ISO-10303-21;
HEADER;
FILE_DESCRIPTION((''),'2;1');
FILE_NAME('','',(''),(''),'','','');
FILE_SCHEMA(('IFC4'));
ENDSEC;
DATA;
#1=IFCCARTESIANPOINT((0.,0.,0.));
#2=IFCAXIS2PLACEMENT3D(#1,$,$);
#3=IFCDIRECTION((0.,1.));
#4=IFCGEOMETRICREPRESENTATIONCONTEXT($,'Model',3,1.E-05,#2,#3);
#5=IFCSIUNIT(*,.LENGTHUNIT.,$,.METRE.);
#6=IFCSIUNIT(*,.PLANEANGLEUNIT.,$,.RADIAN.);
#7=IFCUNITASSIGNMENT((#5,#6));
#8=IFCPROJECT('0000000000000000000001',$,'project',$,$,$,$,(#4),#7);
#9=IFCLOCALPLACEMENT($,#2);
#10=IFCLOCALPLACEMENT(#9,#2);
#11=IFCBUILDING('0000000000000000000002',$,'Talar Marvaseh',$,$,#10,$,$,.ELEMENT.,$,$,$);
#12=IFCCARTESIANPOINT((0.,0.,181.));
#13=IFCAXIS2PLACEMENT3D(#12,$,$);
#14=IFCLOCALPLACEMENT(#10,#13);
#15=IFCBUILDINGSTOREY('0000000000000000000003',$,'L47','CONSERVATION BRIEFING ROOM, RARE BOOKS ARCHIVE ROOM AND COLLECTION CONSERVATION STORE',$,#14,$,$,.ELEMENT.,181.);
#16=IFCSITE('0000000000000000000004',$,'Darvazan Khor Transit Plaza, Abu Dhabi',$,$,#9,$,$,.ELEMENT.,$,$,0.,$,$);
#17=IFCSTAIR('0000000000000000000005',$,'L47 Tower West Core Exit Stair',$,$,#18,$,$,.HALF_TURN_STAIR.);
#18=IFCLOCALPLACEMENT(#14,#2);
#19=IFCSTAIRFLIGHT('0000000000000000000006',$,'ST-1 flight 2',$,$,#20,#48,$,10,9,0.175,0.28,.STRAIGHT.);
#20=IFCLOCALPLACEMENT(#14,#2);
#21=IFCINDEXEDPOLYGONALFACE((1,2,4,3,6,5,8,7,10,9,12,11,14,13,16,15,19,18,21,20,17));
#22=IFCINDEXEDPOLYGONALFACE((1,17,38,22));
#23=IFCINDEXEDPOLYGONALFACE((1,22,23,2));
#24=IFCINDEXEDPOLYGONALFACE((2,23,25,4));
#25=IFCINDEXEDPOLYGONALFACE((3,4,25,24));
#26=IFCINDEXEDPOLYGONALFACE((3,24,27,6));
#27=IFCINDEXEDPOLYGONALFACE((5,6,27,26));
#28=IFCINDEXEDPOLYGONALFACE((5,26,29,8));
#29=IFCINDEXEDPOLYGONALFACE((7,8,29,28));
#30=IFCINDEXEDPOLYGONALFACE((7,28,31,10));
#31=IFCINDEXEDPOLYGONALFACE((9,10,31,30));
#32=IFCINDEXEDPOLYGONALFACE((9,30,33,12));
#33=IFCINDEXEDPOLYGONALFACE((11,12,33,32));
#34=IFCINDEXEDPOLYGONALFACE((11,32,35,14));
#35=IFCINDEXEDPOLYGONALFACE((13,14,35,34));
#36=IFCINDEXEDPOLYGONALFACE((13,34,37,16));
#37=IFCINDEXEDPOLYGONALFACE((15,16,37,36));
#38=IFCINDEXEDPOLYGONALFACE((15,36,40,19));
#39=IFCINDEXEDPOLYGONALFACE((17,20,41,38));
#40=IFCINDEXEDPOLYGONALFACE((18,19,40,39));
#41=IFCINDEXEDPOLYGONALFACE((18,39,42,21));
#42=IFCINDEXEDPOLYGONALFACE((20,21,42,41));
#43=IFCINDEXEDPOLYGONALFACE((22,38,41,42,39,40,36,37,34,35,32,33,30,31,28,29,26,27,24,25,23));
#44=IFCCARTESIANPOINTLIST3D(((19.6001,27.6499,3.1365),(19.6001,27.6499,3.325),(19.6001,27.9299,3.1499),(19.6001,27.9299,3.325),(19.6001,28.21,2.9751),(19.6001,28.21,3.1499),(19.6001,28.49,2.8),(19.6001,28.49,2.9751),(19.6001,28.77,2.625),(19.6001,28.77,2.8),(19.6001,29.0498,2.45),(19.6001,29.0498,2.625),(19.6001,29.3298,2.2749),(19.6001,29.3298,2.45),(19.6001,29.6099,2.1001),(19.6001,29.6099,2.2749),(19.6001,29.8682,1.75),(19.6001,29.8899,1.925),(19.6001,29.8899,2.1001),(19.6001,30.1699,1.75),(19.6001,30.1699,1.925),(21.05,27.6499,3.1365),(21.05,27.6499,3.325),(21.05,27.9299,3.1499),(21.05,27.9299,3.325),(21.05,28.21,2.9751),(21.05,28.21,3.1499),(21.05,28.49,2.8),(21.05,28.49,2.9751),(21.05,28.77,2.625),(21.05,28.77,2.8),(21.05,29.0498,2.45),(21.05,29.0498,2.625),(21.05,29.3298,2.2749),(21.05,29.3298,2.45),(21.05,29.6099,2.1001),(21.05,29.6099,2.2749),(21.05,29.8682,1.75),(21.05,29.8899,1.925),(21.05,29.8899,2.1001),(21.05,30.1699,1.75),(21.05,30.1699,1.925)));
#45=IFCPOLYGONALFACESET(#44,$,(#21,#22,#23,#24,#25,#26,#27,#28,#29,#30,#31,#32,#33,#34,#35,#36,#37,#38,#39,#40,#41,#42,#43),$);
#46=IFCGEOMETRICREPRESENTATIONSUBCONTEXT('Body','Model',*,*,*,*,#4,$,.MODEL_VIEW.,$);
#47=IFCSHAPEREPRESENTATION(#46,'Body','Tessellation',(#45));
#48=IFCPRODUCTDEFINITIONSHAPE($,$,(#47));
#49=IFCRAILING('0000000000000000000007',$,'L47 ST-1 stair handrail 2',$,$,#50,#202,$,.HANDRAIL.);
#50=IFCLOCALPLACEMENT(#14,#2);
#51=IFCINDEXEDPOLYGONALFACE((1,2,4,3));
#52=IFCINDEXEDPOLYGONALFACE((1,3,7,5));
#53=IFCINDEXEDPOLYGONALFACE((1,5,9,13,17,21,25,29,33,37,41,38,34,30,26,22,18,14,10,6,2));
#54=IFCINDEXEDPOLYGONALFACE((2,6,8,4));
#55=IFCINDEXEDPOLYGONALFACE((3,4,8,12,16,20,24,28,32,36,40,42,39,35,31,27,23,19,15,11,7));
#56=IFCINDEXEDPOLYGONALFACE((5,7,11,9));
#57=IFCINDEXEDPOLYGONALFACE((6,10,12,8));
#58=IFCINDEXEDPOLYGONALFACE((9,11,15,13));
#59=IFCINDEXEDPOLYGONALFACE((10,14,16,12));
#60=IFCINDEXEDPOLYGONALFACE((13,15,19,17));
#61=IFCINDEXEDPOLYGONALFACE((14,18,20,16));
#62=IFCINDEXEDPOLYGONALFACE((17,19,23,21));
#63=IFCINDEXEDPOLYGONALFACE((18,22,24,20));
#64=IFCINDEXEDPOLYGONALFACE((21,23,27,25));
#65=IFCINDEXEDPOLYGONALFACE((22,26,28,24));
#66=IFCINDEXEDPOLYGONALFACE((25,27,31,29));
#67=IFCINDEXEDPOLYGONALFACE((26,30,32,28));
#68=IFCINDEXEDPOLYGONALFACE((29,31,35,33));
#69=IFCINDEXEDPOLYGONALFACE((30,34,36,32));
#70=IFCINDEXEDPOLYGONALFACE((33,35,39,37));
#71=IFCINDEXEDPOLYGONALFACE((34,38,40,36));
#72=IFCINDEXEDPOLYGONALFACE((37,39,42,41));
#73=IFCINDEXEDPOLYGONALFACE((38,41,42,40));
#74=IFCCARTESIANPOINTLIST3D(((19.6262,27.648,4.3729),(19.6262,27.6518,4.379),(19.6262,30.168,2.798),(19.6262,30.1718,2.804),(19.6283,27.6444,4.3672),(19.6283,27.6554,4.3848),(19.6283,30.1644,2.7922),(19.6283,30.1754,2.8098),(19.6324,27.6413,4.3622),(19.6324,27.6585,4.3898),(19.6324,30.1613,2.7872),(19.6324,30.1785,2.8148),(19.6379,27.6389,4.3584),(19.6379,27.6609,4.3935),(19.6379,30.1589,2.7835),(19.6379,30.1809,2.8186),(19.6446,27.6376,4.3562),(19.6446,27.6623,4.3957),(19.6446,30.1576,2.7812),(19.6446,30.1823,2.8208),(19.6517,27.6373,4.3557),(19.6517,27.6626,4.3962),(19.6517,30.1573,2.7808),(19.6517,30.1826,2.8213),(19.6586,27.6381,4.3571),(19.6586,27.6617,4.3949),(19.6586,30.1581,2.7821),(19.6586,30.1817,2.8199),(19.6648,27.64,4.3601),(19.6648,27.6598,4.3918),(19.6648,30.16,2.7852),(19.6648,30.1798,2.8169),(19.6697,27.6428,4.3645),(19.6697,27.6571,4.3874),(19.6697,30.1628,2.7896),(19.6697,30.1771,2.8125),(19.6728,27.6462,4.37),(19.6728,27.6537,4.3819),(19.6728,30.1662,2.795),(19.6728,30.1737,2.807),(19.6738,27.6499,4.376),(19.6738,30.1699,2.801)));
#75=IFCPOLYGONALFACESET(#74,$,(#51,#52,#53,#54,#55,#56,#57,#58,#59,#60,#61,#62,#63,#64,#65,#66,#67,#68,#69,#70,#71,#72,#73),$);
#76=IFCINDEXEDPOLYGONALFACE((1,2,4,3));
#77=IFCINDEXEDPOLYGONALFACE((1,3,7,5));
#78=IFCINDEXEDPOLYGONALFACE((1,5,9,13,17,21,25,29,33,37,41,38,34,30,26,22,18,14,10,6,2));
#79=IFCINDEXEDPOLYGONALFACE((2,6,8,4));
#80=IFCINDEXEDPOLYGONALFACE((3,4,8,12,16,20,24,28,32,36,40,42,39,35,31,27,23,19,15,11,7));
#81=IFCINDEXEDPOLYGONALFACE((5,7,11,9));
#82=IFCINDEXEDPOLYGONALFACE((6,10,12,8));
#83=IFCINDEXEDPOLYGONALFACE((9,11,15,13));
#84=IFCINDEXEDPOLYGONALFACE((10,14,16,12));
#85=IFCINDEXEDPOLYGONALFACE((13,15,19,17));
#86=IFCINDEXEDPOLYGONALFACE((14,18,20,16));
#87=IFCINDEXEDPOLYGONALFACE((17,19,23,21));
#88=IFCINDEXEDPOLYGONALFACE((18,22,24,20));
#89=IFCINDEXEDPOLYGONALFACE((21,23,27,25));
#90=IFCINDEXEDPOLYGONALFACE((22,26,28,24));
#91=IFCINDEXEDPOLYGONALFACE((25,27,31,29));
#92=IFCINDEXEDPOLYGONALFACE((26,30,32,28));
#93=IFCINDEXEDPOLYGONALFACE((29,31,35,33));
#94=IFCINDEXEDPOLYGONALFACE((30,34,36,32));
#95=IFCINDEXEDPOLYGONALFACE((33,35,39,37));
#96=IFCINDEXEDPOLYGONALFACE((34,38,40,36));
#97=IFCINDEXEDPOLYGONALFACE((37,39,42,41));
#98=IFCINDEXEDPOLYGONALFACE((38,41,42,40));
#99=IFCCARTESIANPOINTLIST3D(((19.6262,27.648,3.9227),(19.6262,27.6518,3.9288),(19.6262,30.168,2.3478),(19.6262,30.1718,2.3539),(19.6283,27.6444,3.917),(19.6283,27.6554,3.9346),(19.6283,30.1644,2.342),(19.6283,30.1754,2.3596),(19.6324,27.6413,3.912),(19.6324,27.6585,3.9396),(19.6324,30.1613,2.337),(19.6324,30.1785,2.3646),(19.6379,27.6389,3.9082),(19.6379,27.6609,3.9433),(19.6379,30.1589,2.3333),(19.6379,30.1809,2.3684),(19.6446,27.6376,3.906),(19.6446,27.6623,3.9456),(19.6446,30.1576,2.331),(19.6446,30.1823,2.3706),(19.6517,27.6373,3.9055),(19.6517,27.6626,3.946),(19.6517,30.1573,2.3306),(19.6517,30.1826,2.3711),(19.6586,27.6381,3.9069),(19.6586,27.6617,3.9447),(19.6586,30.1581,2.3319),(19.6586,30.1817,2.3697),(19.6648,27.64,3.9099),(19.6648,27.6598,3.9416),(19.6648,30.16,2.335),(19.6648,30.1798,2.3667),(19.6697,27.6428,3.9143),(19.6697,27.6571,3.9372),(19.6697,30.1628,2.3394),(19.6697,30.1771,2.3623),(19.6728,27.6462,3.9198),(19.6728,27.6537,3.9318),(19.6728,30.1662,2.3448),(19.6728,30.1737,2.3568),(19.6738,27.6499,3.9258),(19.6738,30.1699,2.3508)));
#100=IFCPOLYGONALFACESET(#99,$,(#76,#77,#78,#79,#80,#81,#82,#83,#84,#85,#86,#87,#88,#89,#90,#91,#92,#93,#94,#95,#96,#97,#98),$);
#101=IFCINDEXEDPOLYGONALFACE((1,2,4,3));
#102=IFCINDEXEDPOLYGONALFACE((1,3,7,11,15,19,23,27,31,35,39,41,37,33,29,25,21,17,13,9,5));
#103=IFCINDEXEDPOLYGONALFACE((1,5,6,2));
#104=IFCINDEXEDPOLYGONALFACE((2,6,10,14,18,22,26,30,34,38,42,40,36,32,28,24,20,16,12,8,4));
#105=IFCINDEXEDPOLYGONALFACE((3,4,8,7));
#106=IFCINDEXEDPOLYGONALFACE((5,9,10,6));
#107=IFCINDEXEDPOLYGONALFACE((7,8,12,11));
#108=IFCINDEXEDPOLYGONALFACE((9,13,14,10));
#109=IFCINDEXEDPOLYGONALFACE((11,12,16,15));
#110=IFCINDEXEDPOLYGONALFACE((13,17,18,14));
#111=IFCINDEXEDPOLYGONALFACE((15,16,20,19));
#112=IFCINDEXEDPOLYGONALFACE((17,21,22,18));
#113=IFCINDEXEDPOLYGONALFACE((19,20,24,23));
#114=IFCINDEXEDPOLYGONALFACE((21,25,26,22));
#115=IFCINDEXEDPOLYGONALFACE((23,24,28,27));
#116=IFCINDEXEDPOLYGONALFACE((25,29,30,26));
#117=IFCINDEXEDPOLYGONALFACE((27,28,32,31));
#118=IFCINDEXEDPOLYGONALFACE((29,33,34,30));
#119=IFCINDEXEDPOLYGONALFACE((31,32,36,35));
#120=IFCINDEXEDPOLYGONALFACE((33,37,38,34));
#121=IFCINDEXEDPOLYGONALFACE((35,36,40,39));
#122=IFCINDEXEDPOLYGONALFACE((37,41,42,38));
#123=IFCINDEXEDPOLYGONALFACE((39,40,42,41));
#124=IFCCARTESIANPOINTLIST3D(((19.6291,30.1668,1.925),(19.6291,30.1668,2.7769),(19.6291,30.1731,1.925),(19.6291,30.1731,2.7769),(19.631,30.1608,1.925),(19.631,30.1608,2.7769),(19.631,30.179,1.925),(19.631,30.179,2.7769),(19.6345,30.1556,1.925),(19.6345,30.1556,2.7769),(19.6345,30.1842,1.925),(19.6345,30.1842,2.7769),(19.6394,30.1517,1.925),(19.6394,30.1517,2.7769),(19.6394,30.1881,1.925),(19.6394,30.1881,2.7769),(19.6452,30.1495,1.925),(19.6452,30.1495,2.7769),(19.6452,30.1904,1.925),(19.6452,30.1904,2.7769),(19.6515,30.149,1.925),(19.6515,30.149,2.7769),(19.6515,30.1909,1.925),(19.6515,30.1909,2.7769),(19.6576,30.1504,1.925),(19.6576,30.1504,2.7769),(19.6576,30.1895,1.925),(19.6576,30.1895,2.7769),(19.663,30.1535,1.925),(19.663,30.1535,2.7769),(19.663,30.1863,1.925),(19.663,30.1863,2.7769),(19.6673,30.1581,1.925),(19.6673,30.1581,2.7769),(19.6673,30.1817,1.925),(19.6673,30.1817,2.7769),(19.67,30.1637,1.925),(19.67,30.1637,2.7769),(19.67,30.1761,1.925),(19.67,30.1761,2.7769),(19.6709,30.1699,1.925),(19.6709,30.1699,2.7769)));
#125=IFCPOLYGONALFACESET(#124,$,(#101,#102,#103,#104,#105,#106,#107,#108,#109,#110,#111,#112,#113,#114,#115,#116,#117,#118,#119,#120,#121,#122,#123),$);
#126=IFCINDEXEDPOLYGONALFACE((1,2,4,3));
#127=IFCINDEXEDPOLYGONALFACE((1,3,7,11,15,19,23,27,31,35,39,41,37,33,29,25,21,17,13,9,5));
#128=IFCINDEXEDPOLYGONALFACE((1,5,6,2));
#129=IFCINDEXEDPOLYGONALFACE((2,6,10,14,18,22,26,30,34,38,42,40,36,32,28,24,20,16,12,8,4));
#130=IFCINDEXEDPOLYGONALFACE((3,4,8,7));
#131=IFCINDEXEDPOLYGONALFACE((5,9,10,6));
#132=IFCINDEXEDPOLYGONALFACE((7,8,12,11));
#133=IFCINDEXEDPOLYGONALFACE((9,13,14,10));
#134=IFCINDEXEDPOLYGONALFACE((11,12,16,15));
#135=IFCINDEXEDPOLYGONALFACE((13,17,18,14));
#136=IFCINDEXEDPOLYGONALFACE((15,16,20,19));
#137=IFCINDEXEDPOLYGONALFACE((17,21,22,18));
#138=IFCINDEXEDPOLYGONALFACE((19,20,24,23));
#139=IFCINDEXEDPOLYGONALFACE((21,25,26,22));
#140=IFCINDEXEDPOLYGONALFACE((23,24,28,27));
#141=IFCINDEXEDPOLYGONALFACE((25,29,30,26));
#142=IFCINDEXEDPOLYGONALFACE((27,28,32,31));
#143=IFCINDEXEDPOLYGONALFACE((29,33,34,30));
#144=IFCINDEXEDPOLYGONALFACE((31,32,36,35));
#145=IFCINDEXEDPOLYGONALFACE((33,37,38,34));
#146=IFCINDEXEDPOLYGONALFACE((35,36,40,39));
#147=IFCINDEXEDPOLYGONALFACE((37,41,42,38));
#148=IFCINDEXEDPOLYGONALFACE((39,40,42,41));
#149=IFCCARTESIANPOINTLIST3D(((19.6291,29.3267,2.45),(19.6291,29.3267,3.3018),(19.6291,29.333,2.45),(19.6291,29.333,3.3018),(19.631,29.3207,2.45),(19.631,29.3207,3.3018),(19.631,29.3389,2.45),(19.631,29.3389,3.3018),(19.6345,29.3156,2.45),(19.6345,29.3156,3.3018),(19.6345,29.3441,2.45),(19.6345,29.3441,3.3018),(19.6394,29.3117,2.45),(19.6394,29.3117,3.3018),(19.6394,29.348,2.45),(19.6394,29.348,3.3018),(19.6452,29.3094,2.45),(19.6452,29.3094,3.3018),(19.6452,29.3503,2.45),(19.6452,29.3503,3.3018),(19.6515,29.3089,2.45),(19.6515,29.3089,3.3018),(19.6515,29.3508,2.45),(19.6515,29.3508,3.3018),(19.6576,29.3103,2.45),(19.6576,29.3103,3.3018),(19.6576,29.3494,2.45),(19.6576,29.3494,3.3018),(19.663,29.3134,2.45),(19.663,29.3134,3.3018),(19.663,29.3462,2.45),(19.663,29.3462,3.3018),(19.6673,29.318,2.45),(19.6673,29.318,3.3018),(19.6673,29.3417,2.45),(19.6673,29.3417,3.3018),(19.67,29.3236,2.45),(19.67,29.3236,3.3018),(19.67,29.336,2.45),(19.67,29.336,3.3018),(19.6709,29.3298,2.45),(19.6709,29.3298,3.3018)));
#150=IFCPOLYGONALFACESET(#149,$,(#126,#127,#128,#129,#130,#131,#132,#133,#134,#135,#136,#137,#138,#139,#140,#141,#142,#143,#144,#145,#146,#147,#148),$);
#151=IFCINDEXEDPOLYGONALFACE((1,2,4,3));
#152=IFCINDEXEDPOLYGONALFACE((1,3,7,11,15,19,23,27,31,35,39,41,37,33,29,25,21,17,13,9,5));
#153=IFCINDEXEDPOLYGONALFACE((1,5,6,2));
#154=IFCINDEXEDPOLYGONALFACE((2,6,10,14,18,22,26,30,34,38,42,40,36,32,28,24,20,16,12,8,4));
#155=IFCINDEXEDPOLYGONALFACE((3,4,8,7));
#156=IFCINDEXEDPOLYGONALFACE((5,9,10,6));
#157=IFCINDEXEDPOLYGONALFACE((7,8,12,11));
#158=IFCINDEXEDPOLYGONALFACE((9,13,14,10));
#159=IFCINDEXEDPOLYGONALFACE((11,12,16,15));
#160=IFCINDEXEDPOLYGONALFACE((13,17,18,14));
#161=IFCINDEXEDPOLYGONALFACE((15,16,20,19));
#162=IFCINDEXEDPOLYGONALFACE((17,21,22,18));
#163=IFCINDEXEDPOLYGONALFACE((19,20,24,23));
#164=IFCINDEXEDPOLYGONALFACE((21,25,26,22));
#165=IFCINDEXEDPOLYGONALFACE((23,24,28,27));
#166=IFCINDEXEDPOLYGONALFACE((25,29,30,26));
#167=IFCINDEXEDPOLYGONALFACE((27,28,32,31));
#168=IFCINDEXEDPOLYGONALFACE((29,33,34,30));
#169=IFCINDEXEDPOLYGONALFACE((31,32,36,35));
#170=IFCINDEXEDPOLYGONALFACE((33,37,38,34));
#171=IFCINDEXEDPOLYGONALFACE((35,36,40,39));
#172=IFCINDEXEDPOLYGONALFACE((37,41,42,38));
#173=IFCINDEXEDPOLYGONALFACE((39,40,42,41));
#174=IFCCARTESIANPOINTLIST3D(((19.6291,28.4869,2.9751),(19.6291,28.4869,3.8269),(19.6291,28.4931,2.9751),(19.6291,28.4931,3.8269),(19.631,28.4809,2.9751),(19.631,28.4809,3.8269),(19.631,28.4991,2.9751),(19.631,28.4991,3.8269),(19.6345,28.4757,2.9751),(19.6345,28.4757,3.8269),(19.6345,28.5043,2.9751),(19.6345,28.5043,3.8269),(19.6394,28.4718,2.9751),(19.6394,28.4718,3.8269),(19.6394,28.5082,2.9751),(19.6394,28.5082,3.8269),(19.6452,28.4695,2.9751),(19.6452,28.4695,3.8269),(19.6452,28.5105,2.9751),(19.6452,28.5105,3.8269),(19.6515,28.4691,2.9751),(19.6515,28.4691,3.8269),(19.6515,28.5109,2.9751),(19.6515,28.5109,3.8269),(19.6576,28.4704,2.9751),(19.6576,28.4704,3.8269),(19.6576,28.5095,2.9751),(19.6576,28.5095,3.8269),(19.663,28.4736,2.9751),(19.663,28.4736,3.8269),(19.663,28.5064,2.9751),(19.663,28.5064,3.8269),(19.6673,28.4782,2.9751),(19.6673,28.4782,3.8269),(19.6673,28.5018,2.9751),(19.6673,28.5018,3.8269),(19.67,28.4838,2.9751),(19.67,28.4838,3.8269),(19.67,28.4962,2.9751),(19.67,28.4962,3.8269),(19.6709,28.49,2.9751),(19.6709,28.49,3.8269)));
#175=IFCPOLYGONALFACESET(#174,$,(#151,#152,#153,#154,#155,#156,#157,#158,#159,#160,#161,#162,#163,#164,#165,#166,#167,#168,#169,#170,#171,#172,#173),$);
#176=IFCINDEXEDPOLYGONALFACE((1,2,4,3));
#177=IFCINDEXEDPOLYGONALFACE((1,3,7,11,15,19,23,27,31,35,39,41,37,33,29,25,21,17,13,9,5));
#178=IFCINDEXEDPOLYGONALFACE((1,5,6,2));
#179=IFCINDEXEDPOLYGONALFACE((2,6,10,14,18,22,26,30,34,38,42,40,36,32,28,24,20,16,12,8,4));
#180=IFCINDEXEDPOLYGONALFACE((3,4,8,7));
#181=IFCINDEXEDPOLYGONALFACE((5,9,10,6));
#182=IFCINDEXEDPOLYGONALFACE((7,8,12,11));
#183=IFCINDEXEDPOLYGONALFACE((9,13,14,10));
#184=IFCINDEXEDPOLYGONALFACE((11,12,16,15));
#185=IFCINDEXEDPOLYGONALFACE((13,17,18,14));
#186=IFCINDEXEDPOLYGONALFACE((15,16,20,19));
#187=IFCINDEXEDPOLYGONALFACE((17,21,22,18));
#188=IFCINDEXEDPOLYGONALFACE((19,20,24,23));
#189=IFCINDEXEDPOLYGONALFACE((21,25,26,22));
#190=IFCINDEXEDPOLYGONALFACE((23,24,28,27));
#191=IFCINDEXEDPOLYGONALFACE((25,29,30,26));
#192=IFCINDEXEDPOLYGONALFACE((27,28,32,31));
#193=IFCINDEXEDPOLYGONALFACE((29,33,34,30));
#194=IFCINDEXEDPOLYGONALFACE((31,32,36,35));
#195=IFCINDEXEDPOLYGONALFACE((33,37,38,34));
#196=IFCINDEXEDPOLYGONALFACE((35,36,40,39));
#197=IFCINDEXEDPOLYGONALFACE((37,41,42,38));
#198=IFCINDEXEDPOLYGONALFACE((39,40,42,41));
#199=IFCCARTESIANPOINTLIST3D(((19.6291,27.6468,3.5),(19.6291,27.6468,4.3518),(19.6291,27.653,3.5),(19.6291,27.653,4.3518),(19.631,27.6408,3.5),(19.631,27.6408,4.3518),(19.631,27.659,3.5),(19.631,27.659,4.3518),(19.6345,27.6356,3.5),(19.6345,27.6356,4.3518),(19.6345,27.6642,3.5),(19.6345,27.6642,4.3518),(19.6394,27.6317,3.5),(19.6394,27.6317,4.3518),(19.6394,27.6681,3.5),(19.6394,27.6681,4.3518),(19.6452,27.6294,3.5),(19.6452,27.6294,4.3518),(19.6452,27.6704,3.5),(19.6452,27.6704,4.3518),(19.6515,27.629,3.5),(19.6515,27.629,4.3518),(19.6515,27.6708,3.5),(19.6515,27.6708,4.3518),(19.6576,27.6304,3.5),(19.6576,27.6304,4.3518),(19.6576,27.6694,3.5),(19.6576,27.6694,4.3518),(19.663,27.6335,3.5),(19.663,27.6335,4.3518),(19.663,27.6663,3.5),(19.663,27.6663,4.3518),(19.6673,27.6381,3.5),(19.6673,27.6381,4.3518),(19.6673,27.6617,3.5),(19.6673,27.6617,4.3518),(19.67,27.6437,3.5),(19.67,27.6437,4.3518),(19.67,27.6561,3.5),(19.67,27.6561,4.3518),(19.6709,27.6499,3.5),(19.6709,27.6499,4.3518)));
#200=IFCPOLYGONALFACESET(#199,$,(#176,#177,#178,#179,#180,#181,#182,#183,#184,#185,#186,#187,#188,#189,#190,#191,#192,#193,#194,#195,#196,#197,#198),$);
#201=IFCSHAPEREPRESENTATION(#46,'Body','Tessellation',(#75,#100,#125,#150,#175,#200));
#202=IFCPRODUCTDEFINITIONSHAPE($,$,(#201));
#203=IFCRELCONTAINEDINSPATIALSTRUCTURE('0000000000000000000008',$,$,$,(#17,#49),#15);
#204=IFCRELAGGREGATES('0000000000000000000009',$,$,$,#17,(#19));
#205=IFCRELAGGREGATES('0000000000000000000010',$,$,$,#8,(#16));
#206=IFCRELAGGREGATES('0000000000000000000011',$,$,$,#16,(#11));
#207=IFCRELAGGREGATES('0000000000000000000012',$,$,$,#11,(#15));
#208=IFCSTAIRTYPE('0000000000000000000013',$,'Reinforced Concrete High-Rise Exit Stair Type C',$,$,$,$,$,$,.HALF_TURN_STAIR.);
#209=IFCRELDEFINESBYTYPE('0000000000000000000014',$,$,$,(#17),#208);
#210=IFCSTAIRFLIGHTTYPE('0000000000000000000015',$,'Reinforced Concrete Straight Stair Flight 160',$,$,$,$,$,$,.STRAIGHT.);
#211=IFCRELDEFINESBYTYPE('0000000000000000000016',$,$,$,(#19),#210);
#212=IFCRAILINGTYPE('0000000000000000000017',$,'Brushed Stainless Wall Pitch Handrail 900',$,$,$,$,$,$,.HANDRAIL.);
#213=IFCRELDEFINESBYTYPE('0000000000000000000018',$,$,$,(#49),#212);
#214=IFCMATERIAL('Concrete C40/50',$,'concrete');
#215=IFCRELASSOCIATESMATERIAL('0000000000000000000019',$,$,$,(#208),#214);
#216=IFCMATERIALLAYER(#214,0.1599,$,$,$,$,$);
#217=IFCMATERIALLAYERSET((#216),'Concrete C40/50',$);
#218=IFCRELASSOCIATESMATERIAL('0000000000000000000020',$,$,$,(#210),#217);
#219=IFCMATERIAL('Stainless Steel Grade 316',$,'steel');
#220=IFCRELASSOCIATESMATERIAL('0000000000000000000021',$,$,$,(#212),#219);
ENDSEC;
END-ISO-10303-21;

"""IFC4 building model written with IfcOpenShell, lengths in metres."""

from ifc_helpers import new_model, si_unit, direction, frame, origin, origin_2d, place, context, subcontext, project, spatial, polyline, circle, outline, extrude, material, layer, layer_set, type_object, element, aggregate, save


model = new_model("IFC4")

# Units and contexts
model_context = context("Model", 3, precision=1e-05, world=origin(), true_north=direction((0.0, 1.0)))
body_context = subcontext(model_context, "Body", "Model", "MODEL_VIEW")
ifc_project = project(units=[si_unit("LENGTHUNIT", "METRE"), si_unit("PLANEANGLEUNIT", "RADIAN")], contexts=[model_context])

# Site, building, storey
site_placement = place(None, origin())
site = spatial("IfcSite", under=ifc_project, at=site_placement, Name="Darvazan Khor Transit Plaza, Abu Dhabi", CompositionType="ELEMENT", RefElevation=0.0)
building_placement = place(site_placement, origin())
building = spatial("IfcBuilding", under=site, at=building_placement, Name="Talar Marvaseh", CompositionType="ELEMENT")
storey_placement = place(building_placement, frame((0.0, 0.0, 181.0)))
storey = spatial("IfcBuildingStorey", under=building, at=storey_placement, Name="L47", Description="CONSERVATION BRIEFING ROOM, RARE BOOKS ARCHIVE ROOM AND COLLECTION CONSERVATION STORE", CompositionType="ELEMENT", Elevation=181.0)

# Stair, stair flight
ifc_material_1 = material(Name="Concrete C40/50", Category="concrete")
stair_type = type_object("IfcStairType", Name="Reinforced Concrete High-Rise Exit Stair Type C", PredefinedType="HALF_TURN_STAIR", material=ifc_material_1)
stair_placement = place(storey_placement, origin())
stair = element("IfcStair", 1, at=stair_placement, inside=storey, type_object=stair_type, Name="L47 Tower West Core Exit Stair", PredefinedType="HALF_TURN_STAIR")
ifc_layer_1 = layer(ifc_material_1, 0.1599)
ifc_layer_set_1 = layer_set([ifc_layer_1], Name="Concrete C40/50")
stair_flight_type = type_object("IfcStairFlightType", Name="Reinforced Concrete Straight Stair Flight 160", PredefinedType="STRAIGHT", material=ifc_layer_set_1)
stair_flight_1_placement = place(storey_placement, frame((20.325, 30.1699, 1.75), z_axis=(0.0, 0.0, 1.0), x_axis=(0.0, -1.0, 0.0)))
stair_flight_1 = element("IfcStairFlight", 2, at=stair_flight_1_placement, type_object=stair_flight_type, Name="ST-1 flight 2", NumberOfRisers=10, NumberOfTreads=9, PredefinedType="STRAIGHT", RiserHeight=0.175, TreadLength=0.28, context=body_context, shape_type="SweptSolid", body=[
    extrude(outline(polyline([(0.0, 0.0), (0.0, 0.175), (0.28, 0.175), (0.28, 0.3501), (0.5601, 0.3501), (0.5601, 0.5249), (0.8401, 0.5249), (0.8401, 0.7), (1.1201, 0.7), (1.1201, 0.875), (1.3999, 0.875), (1.3999, 1.05), (1.6799, 1.05), (1.6799, 1.2251), (1.96, 1.2251), (1.96, 1.3999), (2.24, 1.3999), (2.24, 1.575), (2.52, 1.575), (2.52, 1.75), (2.52, 1.3865), (0.3018, 0.0), (0.0, 0.0)])), frame((0.0, 0.7251, 0.0), z_axis=(0.0, -1.0, 0.0), x_axis=(1.0, 0.0, 0.0)), (0.0, 0.0, 1.0), 1.45),
])
aggregate(stair, [stair_flight_1])

# Railing
ifc_material_2 = material(Name="Stainless Steel Grade 316", Category="steel")
railing_type_1 = type_object("IfcRailingType", Name="Brushed Stainless Wall Pitch Handrail 900", PredefinedType="HANDRAIL", material=ifc_material_2)
railing_1_placement = place(storey_placement, frame((19.6499, 30.1699, 1.925)))
element("IfcRailing", 3, at=railing_1_placement, inside=storey, type_object=railing_type_1, Name="L47 ST-1 stair handrail 2", PredefinedType="HANDRAIL", context=body_context, shape_type="SweptSolid", body=[
    extrude(circle(Radius=0.0239, at=origin_2d()), frame((0.0, 0.0, 0.876), z_axis=(0.0, -0.848008, 0.529984), x_axis=(1.0, 0.0, 0.0)), (0.0, 0.0, 1.0), 2.9717),
    extrude(circle(Radius=0.0239, at=origin_2d()), frame((0.0, 0.0, 0.4258), z_axis=(0.0, -0.848008, 0.529984), x_axis=(1.0, 0.0, 0.0)), (0.0, 0.0, 1.0), 2.9717),
    extrude(circle(Radius=0.021, at=origin_2d()), origin(), (0.0, 0.0, 1.0), 0.8518),
    extrude(circle(Radius=0.021, at=origin_2d()), frame((0.0, -0.8401, 0.5249)), (0.0, 0.0, 1.0), 0.8518),
    extrude(circle(Radius=0.021, at=origin_2d()), frame((0.0, -1.6799, 1.05)), (0.0, 0.0, 1.0), 0.8518),
    extrude(circle(Radius=0.021, at=origin_2d()), frame((0.0, -2.52, 1.575)), (0.0, 0.0, 1.0), 0.8518),
])

save(model, "model.ifc")
